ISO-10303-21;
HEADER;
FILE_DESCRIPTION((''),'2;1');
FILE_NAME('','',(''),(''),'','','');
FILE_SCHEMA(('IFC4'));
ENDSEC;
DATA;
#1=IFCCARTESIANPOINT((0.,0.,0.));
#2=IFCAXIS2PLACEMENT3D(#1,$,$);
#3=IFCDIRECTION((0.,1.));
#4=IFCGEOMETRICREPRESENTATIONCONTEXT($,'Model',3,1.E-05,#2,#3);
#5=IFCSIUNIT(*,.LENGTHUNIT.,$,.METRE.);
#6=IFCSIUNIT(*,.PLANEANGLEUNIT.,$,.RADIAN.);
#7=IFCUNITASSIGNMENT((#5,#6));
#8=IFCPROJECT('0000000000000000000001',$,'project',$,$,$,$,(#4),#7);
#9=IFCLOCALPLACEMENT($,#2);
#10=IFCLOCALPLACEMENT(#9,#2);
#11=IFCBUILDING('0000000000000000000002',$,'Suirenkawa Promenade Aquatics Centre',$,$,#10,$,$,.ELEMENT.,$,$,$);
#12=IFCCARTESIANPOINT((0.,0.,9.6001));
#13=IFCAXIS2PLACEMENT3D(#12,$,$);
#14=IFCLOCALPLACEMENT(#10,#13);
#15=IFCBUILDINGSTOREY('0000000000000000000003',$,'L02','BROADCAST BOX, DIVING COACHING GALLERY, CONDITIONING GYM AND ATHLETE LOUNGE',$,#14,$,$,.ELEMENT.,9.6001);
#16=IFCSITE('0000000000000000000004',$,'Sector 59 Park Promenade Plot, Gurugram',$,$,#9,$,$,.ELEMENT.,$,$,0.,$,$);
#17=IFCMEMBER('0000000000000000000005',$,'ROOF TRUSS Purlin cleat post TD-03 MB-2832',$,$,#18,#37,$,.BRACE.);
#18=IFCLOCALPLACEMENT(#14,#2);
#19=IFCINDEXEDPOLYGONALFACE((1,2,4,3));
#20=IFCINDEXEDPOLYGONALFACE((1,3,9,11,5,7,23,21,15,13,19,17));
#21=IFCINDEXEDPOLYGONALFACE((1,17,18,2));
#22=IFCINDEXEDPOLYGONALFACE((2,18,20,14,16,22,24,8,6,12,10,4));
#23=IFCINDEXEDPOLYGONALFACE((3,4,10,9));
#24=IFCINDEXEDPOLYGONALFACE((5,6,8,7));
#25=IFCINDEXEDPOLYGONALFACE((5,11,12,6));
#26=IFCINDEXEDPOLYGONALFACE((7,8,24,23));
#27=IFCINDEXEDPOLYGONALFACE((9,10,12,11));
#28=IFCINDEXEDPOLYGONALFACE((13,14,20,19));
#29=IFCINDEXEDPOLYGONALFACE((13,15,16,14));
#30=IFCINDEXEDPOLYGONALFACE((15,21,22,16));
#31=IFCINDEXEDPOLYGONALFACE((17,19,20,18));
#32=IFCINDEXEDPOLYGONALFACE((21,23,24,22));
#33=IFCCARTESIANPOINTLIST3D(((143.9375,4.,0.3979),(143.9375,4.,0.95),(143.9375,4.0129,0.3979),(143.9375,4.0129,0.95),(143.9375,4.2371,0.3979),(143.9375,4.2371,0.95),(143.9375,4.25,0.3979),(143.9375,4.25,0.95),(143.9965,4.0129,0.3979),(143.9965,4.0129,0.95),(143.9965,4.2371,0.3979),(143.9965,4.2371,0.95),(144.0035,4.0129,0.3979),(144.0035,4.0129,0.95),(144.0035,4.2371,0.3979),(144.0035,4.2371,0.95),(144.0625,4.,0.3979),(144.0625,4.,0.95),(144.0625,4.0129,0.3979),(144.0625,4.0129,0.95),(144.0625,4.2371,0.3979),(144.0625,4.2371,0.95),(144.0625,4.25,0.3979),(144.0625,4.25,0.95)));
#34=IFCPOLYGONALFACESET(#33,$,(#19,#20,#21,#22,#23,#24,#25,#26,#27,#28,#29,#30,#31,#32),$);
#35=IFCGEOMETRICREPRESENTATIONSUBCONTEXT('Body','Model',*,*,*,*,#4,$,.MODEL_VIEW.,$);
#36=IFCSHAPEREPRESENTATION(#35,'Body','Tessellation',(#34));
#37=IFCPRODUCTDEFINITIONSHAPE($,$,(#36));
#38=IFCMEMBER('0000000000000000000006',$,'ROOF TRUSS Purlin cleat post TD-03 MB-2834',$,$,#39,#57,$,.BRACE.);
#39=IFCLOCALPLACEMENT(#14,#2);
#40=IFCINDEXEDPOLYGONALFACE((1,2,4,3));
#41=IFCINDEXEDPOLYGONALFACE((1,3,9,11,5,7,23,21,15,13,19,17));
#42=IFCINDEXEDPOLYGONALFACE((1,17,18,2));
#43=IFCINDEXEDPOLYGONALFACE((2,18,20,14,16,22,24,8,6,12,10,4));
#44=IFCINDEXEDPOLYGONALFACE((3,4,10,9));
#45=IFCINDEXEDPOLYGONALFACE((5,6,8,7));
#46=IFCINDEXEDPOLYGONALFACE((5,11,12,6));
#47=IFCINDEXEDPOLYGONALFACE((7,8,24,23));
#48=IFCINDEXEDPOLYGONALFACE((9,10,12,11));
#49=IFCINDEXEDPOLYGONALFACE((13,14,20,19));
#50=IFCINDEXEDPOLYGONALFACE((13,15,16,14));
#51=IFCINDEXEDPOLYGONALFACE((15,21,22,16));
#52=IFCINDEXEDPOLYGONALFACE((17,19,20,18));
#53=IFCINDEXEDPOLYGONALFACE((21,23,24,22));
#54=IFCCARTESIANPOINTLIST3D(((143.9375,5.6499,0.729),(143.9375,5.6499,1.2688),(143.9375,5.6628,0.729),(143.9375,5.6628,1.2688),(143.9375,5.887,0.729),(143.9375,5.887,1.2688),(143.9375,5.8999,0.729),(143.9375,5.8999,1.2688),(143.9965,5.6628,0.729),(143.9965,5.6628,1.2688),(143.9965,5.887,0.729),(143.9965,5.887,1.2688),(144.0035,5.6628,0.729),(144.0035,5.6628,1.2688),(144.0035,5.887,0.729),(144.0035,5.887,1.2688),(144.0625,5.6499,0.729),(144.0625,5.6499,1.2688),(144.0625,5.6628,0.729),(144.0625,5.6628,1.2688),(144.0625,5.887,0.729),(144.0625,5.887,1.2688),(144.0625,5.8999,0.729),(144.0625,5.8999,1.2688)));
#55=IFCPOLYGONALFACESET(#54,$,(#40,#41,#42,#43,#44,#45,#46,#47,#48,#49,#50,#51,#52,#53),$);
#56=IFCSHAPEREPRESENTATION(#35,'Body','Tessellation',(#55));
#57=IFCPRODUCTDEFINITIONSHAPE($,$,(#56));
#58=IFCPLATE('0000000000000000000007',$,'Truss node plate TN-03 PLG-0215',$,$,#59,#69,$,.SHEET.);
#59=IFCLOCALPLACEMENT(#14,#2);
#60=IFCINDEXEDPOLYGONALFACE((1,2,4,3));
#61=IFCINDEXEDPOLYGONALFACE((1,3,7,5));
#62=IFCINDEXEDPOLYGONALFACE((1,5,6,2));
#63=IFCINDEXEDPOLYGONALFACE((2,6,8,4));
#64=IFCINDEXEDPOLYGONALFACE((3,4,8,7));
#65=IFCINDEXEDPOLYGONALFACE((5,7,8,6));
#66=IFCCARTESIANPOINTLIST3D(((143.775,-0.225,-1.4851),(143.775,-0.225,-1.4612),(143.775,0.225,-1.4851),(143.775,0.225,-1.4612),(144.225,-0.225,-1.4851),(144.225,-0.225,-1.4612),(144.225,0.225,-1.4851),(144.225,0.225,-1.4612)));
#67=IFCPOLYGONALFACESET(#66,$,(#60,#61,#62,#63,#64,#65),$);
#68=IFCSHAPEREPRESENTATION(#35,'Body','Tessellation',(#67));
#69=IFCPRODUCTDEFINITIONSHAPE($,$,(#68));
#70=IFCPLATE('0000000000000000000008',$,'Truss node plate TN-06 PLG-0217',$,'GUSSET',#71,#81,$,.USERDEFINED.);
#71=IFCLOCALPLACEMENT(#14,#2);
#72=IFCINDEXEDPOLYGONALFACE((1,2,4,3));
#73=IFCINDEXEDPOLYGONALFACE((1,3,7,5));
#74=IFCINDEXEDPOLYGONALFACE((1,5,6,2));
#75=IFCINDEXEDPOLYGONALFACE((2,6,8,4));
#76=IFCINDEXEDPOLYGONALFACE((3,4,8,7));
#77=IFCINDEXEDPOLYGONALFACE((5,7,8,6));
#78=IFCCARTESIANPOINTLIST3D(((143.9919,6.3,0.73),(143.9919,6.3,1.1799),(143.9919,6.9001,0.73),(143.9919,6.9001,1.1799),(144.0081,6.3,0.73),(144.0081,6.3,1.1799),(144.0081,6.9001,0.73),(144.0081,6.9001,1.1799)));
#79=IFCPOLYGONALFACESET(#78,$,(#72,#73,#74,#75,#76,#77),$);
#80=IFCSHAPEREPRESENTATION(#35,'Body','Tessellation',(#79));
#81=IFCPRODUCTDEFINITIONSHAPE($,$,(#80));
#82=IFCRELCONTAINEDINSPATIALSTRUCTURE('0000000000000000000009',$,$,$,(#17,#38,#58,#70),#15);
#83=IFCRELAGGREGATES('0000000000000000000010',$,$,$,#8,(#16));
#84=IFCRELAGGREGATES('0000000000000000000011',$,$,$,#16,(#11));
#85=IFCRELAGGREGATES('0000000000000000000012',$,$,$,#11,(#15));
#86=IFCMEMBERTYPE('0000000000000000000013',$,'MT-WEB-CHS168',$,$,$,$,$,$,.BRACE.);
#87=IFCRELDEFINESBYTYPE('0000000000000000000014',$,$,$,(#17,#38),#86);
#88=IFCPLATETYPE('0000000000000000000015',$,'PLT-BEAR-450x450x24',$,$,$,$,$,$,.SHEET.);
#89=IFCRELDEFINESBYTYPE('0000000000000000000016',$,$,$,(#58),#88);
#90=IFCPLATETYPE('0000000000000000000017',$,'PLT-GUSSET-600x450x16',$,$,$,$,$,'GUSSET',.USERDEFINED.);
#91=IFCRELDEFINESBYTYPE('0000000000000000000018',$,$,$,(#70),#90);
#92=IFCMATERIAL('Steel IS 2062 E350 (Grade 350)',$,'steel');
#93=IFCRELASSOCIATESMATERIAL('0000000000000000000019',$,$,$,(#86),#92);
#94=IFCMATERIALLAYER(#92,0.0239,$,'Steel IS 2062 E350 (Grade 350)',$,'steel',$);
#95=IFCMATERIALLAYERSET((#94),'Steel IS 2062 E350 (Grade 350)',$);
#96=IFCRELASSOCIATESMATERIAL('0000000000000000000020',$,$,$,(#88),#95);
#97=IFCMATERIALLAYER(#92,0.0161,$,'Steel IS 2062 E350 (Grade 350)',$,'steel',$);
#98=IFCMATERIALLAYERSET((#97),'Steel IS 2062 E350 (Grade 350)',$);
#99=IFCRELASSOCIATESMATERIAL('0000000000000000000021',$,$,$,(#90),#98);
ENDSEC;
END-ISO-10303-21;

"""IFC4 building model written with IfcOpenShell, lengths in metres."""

from ifc_helpers import new_model, si_unit, direction, frame, origin, origin_2d, place, context, subcontext, project, spatial, rectangle, i_section, extrude, material, layer, layer_set, material_profile, profile_set, type_object, element, save


model = new_model("IFC4")

# Units and contexts
model_context = context("Model", 3, precision=1e-05, world=origin(), true_north=direction((0.0, 1.0)))
body_context = subcontext(model_context, "Body", "Model", "MODEL_VIEW")
ifc_project = project(units=[si_unit("LENGTHUNIT", "METRE"), si_unit("PLANEANGLEUNIT", "RADIAN")], contexts=[model_context])

# Site, building, storey
site_placement = place(None, origin())
site = spatial("IfcSite", under=ifc_project, at=site_placement, Name="Sector 59 Park Promenade Plot, Gurugram", CompositionType="ELEMENT", RefElevation=0.0)
building_placement = place(site_placement, origin())
building = spatial("IfcBuilding", under=site, at=building_placement, Name="Suirenkawa Promenade Aquatics Centre", CompositionType="ELEMENT")
storey_placement = place(building_placement, frame((0.0, 0.0, 9.6001)))
storey = spatial("IfcBuildingStorey", under=building, at=storey_placement, Name="L02", Description="BROADCAST BOX, DIVING COACHING GALLERY, CONDITIONING GYM AND ATHLETE LOUNGE", CompositionType="ELEMENT", Elevation=9.6001)

# Shared definitions
ifc_material = material(Name="Steel IS 2062 E350 (Grade 350)", Category="steel")

# Members
ifc_material_profile_1 = material_profile(ifc_material, i_section(OverallWidth=0.125, OverallDepth=0.25, WebThickness=0.0071, FlangeThickness=0.0129, at=origin_2d()), Name="ISMB 250", Category="steel")
ifc_profile_set_1 = profile_set([ifc_material_profile_1], Name="Steel IS 2062 E350 (Grade 350)")
member_type_1 = type_object("IfcMemberType", Name="MT-WEB-CHS168", PredefinedType="BRACE", material=ifc_profile_set_1)
member_1_placement = place(storey_placement, frame((144.0, 4.125, 0.3979), z_axis=(0.0, 0.0, 1.0), x_axis=(1.0, 0.0, 0.0)))
element("IfcMember", 1, at=member_1_placement, inside=storey, type_object=member_type_1, Name="ROOF TRUSS Purlin cleat post TD-03 MB-2832", PredefinedType="BRACE", context=body_context, shape_type="SweptSolid", body=[
    extrude(i_section(OverallWidth=0.125, OverallDepth=0.25, WebThickness=0.0071, FlangeThickness=0.0129, at=origin_2d()), origin(), (0.0, 0.0, 1.0), 0.552),
])
member_2_placement = place(storey_placement, frame((144.0, 5.7749, 0.729), z_axis=(0.0, 0.0, 1.0), x_axis=(1.0, 0.0, 0.0)))
element("IfcMember", 2, at=member_2_placement, inside=storey, type_object=member_type_1, Name="ROOF TRUSS Purlin cleat post TD-03 MB-2834", PredefinedType="BRACE", context=body_context, shape_type="SweptSolid", body=[
    extrude(i_section(OverallWidth=0.125, OverallDepth=0.25, WebThickness=0.0071, FlangeThickness=0.0129, at=origin_2d()), origin(), (0.0, 0.0, 1.0), 0.5398),
])

# Plates
ifc_layer_1 = layer(ifc_material, 0.0239, Name="Steel IS 2062 E350 (Grade 350)", Category="steel")
ifc_layer_set_1 = layer_set([ifc_layer_1], Name="Steel IS 2062 E350 (Grade 350)")
plate_type_1 = type_object("IfcPlateType", Name="PLT-BEAR-450x450x24", PredefinedType="SHEET", material=ifc_layer_set_1)
plate_1_placement = place(storey_placement, frame((144.0, 0.0, -1.4851), z_axis=(0.0, 0.0, 1.0), x_axis=(1.0, 0.0, 0.0)))
element("IfcPlate", 3, at=plate_1_placement, inside=storey, type_object=plate_type_1, Name="Truss node plate TN-03 PLG-0215", PredefinedType="SHEET", context=body_context, shape_type="SweptSolid", body=[
    extrude(rectangle(XDim=0.45, YDim=0.45, at=origin_2d()), origin(), (0.0, 0.0, 1.0), 0.0239),
])
ifc_layer_2 = layer(ifc_material, 0.0161, Name="Steel IS 2062 E350 (Grade 350)", Category="steel")
ifc_layer_set_2 = layer_set([ifc_layer_2], Name="Steel IS 2062 E350 (Grade 350)")
plate_type_2 = type_object("IfcPlateType", Name="PLT-GUSSET-600x450x16", ElementType="GUSSET", PredefinedType="USERDEFINED", material=ifc_layer_set_2)
plate_2_placement = place(storey_placement, frame((144.0, 6.6001, 0.73), z_axis=(0.0, 0.0, 1.0), x_axis=(0.0, 1.0, 0.0)))
element("IfcPlate", 4, at=plate_2_placement, inside=storey, type_object=plate_type_2, Name="Truss node plate TN-06 PLG-0217", ObjectType="GUSSET", PredefinedType="USERDEFINED", context=body_context, shape_type="SweptSolid", body=[
    extrude(rectangle(XDim=0.6001, YDim=0.0161, at=origin_2d()), origin(), (0.0, 0.0, 1.0), 0.45),
])

save(model, "model.ifc")
